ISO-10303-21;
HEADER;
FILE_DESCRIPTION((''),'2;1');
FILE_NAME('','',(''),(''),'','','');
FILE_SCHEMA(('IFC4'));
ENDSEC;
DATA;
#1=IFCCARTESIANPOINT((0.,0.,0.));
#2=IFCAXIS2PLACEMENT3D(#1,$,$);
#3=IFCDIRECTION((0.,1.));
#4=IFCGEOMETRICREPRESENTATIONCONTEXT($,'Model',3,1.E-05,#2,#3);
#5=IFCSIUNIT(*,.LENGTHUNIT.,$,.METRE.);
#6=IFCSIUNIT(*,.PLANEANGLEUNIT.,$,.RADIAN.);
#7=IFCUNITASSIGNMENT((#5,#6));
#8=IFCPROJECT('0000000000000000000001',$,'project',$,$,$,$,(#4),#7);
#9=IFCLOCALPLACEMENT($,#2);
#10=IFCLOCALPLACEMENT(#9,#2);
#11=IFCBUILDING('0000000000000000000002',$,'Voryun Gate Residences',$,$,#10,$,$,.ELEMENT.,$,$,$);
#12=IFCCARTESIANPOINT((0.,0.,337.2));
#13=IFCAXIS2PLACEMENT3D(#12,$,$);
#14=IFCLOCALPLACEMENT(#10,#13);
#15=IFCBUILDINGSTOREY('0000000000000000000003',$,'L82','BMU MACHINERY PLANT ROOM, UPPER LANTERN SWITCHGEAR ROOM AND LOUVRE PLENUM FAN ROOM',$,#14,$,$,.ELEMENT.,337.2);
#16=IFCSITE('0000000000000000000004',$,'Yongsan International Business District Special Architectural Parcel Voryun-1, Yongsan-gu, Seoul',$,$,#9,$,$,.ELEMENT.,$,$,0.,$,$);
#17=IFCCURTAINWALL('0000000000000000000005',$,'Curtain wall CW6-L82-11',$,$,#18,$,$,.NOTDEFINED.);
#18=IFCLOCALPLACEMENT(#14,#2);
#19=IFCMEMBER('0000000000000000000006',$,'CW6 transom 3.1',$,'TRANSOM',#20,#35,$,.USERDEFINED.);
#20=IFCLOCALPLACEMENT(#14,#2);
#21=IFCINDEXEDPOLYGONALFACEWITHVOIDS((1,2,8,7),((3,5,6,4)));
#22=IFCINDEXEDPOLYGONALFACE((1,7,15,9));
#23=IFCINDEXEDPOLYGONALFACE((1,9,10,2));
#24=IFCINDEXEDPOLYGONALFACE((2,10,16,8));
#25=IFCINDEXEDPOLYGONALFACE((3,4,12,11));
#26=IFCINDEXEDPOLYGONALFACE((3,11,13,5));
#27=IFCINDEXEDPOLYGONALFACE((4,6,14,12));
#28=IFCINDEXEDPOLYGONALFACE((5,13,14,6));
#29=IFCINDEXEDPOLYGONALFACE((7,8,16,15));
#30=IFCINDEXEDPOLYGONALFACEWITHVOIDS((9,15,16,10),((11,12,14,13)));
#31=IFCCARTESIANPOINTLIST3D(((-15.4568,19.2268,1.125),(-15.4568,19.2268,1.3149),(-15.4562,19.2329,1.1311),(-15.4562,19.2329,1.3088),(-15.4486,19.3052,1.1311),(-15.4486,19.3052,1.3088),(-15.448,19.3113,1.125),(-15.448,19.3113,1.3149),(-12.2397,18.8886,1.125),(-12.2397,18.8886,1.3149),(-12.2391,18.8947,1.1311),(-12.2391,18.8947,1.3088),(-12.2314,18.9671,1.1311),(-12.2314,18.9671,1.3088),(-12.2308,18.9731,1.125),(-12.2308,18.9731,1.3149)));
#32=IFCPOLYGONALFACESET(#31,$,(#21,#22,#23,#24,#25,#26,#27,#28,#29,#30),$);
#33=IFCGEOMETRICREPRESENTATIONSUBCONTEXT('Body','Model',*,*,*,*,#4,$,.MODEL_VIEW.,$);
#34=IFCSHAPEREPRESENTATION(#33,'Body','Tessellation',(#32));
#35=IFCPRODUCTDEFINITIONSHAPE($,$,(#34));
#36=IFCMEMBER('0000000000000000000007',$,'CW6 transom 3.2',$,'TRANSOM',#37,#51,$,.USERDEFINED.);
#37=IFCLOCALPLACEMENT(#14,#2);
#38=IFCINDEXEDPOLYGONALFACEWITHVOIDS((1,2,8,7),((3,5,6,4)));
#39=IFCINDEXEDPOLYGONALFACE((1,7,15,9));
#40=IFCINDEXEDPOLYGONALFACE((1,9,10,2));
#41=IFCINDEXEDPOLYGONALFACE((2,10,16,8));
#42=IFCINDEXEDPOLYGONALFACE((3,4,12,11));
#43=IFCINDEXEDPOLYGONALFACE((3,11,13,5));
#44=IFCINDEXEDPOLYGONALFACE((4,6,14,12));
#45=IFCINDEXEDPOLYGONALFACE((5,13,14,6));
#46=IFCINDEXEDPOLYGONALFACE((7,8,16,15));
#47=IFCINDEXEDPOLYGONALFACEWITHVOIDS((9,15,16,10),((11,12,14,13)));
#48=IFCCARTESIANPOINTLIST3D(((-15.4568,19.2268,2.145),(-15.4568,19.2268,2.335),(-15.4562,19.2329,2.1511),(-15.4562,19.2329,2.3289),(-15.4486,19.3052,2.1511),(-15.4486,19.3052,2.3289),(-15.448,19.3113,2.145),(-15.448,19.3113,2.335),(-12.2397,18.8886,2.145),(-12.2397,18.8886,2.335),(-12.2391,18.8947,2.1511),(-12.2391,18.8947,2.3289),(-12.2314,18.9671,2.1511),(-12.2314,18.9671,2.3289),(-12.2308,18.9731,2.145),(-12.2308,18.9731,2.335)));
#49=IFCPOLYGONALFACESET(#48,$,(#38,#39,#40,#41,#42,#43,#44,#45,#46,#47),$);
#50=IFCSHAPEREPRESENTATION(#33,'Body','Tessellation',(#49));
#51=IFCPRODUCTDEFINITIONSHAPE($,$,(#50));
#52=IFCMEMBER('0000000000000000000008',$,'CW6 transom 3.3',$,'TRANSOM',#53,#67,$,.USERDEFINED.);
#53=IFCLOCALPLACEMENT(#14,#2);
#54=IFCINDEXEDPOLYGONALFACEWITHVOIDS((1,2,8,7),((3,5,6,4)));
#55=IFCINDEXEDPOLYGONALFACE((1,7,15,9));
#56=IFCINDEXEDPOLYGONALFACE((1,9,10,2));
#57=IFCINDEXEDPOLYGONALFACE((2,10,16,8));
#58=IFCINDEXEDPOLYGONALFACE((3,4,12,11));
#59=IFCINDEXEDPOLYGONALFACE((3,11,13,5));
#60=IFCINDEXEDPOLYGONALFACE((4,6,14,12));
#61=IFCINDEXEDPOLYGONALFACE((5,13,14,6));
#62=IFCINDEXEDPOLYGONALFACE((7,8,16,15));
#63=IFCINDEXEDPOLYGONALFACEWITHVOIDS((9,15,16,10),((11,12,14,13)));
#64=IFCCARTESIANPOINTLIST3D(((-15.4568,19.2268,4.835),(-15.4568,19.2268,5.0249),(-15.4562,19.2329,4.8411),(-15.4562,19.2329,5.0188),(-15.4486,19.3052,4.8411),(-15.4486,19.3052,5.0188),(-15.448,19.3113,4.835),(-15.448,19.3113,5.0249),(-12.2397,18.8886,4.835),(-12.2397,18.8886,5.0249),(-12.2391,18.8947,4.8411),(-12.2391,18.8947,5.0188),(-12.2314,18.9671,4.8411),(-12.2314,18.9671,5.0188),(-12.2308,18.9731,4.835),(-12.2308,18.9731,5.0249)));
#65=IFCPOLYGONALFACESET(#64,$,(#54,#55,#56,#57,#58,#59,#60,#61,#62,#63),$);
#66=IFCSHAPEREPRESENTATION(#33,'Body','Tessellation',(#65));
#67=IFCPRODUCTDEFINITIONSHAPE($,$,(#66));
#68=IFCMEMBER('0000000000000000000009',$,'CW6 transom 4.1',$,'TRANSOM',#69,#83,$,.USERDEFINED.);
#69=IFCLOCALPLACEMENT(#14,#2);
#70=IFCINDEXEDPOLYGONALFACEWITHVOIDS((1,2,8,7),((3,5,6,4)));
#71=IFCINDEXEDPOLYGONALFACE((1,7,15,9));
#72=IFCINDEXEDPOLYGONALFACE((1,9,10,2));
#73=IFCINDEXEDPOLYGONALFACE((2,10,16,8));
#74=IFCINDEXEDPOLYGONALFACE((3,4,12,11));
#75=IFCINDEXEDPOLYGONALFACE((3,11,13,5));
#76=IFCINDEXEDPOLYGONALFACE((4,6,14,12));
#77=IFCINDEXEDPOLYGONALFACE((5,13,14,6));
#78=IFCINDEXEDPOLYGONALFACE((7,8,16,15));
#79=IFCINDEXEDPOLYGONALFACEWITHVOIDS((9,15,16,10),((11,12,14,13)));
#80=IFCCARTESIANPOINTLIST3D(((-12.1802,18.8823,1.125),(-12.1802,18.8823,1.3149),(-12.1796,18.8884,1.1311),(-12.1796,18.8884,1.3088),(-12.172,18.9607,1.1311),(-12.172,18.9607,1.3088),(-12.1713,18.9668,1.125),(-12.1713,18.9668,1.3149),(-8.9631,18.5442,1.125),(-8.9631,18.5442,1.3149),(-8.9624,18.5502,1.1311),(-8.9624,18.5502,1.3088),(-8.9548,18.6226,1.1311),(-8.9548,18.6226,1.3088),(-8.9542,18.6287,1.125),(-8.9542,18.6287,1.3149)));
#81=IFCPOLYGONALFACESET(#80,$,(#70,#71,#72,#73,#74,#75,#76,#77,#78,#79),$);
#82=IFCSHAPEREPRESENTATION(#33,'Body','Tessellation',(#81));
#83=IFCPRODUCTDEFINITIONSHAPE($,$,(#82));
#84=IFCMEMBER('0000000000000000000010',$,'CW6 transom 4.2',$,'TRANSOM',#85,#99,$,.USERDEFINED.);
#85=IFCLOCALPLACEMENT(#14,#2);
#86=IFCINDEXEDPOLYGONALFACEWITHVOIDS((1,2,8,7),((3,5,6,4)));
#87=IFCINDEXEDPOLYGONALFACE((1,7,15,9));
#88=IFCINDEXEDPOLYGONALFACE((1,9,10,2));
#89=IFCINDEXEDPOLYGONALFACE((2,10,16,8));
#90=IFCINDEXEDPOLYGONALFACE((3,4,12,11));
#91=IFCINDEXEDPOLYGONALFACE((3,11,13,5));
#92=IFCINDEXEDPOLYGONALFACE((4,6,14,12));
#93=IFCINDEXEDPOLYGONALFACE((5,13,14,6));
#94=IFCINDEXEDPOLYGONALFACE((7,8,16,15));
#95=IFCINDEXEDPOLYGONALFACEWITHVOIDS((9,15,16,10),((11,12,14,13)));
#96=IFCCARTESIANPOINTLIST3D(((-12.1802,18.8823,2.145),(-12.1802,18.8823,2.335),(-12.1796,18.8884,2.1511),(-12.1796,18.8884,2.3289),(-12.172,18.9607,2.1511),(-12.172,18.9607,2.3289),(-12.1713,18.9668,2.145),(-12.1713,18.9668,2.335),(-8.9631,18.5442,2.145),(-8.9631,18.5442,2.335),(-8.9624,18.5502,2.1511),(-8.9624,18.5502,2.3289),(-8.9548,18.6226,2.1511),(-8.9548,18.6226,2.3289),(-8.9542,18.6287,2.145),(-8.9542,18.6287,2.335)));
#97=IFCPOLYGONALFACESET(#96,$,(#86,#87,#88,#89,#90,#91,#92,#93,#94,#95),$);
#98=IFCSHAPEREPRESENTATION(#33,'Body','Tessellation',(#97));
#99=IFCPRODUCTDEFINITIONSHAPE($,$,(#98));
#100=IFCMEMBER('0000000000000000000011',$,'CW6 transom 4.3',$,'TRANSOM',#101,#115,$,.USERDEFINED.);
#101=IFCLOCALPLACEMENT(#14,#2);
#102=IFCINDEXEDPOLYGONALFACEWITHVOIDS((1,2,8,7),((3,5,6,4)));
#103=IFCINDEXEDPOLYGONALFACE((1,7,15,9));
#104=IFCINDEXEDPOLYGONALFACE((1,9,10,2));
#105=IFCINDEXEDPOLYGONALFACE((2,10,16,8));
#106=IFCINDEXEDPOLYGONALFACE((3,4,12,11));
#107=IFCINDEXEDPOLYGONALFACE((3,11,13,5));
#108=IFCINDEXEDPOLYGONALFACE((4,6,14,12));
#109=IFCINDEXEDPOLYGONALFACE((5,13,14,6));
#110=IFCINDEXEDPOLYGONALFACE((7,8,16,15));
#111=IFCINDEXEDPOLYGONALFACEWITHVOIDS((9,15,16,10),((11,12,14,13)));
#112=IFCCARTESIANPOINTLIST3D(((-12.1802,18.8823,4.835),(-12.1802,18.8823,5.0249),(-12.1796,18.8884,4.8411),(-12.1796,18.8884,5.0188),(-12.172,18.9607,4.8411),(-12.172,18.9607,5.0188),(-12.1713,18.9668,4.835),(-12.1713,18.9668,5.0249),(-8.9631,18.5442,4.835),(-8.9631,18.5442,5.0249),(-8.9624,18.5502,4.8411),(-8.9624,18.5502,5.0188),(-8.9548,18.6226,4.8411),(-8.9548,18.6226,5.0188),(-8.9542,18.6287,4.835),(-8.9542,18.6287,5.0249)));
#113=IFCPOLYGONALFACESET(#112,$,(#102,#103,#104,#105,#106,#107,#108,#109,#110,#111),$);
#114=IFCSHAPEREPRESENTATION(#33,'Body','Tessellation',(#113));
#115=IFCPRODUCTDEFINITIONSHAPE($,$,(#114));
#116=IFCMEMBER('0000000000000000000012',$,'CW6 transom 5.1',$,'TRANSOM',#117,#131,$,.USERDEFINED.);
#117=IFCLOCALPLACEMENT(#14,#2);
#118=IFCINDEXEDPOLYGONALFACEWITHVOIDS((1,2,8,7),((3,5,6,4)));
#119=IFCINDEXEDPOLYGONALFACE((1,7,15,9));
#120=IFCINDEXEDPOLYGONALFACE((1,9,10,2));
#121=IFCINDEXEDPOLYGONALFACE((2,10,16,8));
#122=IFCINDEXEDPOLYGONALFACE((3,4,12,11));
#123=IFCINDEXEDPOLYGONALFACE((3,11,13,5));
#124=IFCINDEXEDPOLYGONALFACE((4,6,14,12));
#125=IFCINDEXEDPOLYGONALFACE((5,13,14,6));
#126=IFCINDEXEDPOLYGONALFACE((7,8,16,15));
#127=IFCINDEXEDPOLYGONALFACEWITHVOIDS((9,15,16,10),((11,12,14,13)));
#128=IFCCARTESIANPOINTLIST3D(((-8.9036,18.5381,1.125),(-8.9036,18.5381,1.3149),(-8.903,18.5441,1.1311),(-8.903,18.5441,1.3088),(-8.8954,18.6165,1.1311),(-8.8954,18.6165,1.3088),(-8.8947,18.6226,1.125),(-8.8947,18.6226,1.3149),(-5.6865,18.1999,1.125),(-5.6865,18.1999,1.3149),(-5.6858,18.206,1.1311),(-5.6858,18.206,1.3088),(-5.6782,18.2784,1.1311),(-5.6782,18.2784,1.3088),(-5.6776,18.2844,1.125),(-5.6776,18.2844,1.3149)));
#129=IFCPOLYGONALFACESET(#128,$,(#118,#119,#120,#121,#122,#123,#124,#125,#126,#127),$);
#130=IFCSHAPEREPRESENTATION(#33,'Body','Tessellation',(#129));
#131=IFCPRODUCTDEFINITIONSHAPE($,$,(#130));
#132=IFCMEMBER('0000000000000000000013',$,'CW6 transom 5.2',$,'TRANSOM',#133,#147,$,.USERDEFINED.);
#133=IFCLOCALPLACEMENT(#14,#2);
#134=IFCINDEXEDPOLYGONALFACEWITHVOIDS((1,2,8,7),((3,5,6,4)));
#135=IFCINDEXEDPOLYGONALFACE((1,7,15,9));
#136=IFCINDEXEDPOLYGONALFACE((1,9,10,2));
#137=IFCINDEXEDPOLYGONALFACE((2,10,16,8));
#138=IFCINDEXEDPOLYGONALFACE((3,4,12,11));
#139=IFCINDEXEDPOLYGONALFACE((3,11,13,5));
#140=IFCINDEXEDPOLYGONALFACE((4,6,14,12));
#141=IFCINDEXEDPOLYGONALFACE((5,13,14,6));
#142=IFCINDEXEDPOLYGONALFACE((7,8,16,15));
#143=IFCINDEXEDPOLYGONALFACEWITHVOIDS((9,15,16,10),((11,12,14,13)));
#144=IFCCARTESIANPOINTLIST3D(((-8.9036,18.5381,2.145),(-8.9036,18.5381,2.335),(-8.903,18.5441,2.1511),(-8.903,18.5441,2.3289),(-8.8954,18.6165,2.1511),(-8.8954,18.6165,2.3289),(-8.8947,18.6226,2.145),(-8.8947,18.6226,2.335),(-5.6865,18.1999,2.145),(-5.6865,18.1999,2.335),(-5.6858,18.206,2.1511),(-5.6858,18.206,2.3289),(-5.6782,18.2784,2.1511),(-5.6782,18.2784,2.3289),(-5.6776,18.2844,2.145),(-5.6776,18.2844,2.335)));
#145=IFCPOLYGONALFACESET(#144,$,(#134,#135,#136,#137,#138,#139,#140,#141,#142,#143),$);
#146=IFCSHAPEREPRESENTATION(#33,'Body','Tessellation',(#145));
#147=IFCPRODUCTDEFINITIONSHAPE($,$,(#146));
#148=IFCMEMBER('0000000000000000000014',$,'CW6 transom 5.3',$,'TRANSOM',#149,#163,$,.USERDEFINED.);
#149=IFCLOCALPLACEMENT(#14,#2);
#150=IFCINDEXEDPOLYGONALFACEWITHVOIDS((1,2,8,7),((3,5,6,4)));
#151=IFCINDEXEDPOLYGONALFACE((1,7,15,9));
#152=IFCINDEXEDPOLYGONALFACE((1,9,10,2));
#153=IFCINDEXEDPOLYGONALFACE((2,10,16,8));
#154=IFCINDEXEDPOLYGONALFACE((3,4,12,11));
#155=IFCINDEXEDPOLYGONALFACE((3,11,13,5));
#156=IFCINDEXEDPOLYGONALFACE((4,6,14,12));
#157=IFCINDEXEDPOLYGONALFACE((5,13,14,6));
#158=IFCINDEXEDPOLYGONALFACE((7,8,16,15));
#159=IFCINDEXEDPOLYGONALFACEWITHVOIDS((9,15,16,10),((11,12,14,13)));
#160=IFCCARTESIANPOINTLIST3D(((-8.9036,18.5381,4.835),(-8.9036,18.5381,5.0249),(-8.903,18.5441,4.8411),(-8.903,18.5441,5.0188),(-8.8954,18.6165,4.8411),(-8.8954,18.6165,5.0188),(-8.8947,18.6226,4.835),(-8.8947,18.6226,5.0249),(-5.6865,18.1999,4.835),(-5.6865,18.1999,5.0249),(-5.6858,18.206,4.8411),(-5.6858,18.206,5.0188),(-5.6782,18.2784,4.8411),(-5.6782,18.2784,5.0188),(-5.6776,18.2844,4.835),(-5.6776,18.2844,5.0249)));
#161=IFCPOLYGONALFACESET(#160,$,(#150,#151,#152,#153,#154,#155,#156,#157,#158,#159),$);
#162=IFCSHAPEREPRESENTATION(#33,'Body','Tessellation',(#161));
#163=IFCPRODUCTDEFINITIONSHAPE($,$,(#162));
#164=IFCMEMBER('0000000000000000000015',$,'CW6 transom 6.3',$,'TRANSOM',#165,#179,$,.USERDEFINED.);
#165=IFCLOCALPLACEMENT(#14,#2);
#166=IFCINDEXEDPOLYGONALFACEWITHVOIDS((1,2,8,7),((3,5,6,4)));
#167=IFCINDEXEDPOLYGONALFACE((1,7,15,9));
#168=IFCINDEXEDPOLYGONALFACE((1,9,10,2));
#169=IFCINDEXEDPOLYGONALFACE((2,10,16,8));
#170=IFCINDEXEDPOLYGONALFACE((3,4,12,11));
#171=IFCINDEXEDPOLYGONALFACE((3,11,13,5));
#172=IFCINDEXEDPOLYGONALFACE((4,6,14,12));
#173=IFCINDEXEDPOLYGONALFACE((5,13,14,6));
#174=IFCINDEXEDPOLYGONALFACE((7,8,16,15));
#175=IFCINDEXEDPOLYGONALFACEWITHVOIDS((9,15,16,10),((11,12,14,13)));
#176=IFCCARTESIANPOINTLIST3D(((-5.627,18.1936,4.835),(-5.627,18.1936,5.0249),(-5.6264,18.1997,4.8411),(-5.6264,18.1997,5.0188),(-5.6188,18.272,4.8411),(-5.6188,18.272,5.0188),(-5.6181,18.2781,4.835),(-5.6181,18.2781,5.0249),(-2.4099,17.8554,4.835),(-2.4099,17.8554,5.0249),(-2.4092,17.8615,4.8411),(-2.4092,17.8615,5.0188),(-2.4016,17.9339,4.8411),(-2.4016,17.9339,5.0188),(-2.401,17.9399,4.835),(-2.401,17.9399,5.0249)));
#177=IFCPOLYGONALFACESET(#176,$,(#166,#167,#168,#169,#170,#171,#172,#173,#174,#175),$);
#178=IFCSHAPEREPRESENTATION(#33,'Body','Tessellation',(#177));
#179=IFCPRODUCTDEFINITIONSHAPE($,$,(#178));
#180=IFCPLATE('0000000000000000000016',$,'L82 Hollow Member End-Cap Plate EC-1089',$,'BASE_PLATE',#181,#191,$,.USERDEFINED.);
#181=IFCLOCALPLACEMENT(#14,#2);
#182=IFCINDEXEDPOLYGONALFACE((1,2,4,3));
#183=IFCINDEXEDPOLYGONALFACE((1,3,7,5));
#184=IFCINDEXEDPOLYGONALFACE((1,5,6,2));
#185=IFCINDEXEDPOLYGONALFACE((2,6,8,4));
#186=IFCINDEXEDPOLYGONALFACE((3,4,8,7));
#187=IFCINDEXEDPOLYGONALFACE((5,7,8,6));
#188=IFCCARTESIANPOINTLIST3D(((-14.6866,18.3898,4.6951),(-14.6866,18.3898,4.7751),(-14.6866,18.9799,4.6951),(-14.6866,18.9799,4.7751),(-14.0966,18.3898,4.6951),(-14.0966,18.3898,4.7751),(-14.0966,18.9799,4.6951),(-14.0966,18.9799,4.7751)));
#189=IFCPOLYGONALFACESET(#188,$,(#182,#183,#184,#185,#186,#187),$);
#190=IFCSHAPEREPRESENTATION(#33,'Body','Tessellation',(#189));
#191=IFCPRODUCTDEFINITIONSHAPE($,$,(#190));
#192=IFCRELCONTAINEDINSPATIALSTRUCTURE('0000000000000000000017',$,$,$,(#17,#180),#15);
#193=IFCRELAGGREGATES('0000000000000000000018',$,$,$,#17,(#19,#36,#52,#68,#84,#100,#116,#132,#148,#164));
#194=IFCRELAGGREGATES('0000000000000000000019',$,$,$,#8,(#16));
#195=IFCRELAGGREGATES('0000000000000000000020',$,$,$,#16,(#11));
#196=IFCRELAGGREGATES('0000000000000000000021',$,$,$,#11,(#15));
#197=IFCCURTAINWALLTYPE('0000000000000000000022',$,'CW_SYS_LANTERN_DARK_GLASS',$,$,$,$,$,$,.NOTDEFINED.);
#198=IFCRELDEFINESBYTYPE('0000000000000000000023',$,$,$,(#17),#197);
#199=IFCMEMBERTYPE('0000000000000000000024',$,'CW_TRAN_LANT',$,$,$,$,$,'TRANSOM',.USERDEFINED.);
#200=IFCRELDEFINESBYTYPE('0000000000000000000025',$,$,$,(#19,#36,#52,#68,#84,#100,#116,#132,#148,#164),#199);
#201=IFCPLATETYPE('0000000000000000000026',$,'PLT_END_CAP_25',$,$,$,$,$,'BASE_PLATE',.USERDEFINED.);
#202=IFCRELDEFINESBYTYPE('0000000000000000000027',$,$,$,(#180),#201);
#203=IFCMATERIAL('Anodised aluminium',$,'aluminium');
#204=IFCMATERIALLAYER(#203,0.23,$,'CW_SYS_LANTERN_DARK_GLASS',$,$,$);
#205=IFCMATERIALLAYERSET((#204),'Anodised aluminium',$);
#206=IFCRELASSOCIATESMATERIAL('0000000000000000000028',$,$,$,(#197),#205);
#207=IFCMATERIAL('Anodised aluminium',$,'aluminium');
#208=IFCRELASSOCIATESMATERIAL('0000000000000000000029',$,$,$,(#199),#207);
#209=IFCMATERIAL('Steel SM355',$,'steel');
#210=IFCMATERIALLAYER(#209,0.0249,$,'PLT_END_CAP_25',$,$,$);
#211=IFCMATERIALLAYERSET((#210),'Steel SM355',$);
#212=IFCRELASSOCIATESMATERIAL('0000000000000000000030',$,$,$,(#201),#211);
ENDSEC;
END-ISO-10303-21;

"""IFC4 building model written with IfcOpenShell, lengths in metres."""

from ifc_helpers import new_model, si_unit, direction, frame, origin, origin_2d, place, context, subcontext, project, spatial, rectangle, hollow_rectangle, extrude, material, layer, layer_set, material_profile, profile_set, type_object, element, aggregate, save


model = new_model("IFC4")

# Units and contexts
model_context = context("Model", 3, precision=1e-05, world=origin(), true_north=direction((0.0, 1.0)))
body_context = subcontext(model_context, "Body", "Model", "MODEL_VIEW")
ifc_project = project(units=[si_unit("LENGTHUNIT", "METRE"), si_unit("PLANEANGLEUNIT", "RADIAN")], contexts=[model_context])

# Site, building, storey
site_placement = place(None, origin())
site = spatial("IfcSite", under=ifc_project, at=site_placement, Name="Yongsan International Business District Special Architectural Parcel Voryun-1, Yongsan-gu, Seoul", CompositionType="ELEMENT", RefElevation=0.0)
building_placement = place(site_placement, origin())
building = spatial("IfcBuilding", under=site, at=building_placement, Name="Voryun Gate Residences", CompositionType="ELEMENT")
storey_placement = place(building_placement, frame((0.0, 0.0, 337.2)))
storey = spatial("IfcBuildingStorey", under=building, at=storey_placement, Name="L82", Description="BMU MACHINERY PLANT ROOM, UPPER LANTERN SWITCHGEAR ROOM AND LOUVRE PLENUM FAN ROOM", CompositionType="ELEMENT", Elevation=337.2)

# Curtain wall, members
ifc_material_1 = material(Name="Anodised aluminium", Category="aluminium")
ifc_layer_1 = layer(ifc_material_1, 0.23, Name="CW_SYS_LANTERN_DARK_GLASS")
ifc_layer_set_1 = layer_set([ifc_layer_1], Name="Anodised aluminium")
curtain_wall_type = type_object("IfcCurtainWallType", Name="CW_SYS_LANTERN_DARK_GLASS", PredefinedType="NOTDEFINED", material=ifc_layer_set_1)
curtain_wall_placement = place(storey_placement, origin())
curtain_wall = element("IfcCurtainWall", 1, at=curtain_wall_placement, inside=storey, type_object=curtain_wall_type, Name="Curtain wall CW6-L82-11", PredefinedType="NOTDEFINED")
ifc_material_2 = material(Name="Anodised aluminium", Category="aluminium")
ifc_material_profile_1 = material_profile(ifc_material_2, hollow_rectangle(XDim=0.085, YDim=0.1899, WallThickness=0.0061, at=origin_2d()), Name="ALU-TRAN-190x85x6")
ifc_profile_set_1 = profile_set([ifc_material_profile_1], Name="Anodised aluminium")
member_type_1 = type_object("IfcMemberType", Name="CW_TRAN_LANT", ElementType="TRANSOM", PredefinedType="USERDEFINED", material=ifc_profile_set_1)
member_1_placement = place(storey_placement, frame((-15.4524, 19.269, 1.22), z_axis=(0.994522, -0.104532, 0.0), x_axis=(0.104532, 0.994522, 0.0)))
member_1 = element("IfcMember", 2, at=member_1_placement, type_object=member_type_1, Name="CW6 transom 3.1", ObjectType="TRANSOM", PredefinedType="USERDEFINED", context=body_context, shape_type="SweptSolid", body=[
    extrude(hollow_rectangle(XDim=0.085, YDim=0.1899, WallThickness=0.0061, at=origin_2d()), origin(), (0.0, 0.0, 1.0), 3.2349),
])
member_2_placement = place(storey_placement, frame((-15.4524, 19.269, 2.24), z_axis=(0.994522, -0.104532, 0.0), x_axis=(0.104532, 0.994522, 0.0)))
member_2 = element("IfcMember", 3, at=member_2_placement, type_object=member_type_1, Name="CW6 transom 3.2", ObjectType="TRANSOM", PredefinedType="USERDEFINED", context=body_context, shape_type="SweptSolid", body=[
    extrude(hollow_rectangle(XDim=0.085, YDim=0.1899, WallThickness=0.0061, at=origin_2d()), origin(), (0.0, 0.0, 1.0), 3.2349),
])
member_3_placement = place(storey_placement, frame((-15.4524, 19.269, 4.9299), z_axis=(0.994522, -0.104532, 0.0), x_axis=(0.104532, 0.994522, 0.0)))
member_3 = element("IfcMember", 4, at=member_3_placement, type_object=member_type_1, Name="CW6 transom 3.3", ObjectType="TRANSOM", PredefinedType="USERDEFINED", context=body_context, shape_type="SweptSolid", body=[
    extrude(hollow_rectangle(XDim=0.085, YDim=0.1899, WallThickness=0.0061, at=origin_2d()), origin(), (0.0, 0.0, 1.0), 3.2349),
])
member_4_placement = place(storey_placement, frame((-12.1758, 18.9246, 1.22), z_axis=(0.994522, -0.104532, 0.0), x_axis=(0.104532, 0.994522, 0.0)))
member_4 = element("IfcMember", 5, at=member_4_placement, type_object=member_type_1, Name="CW6 transom 4.1", ObjectType="TRANSOM", PredefinedType="USERDEFINED", context=body_context, shape_type="SweptSolid", body=[
    extrude(hollow_rectangle(XDim=0.085, YDim=0.1899, WallThickness=0.0061, at=origin_2d()), origin(), (0.0, 0.0, 1.0), 3.2349),
])
member_5_placement = place(storey_placement, frame((-12.1758, 18.9246, 2.24), z_axis=(0.994522, -0.104532, 0.0), x_axis=(0.104532, 0.994522, 0.0)))
member_5 = element("IfcMember", 6, at=member_5_placement, type_object=member_type_1, Name="CW6 transom 4.2", ObjectType="TRANSOM", PredefinedType="USERDEFINED", context=body_context, shape_type="SweptSolid", body=[
    extrude(hollow_rectangle(XDim=0.085, YDim=0.1899, WallThickness=0.0061, at=origin_2d()), origin(), (0.0, 0.0, 1.0), 3.2349),
])
member_6_placement = place(storey_placement, frame((-12.1758, 18.9246, 4.9299), z_axis=(0.994522, -0.104532, 0.0), x_axis=(0.104532, 0.994522, 0.0)))
member_6 = element("IfcMember", 7, at=member_6_placement, type_object=member_type_1, Name="CW6 transom 4.3", ObjectType="TRANSOM", PredefinedType="USERDEFINED", context=body_context, shape_type="SweptSolid", body=[
    extrude(hollow_rectangle(XDim=0.085, YDim=0.1899, WallThickness=0.0061, at=origin_2d()), origin(), (0.0, 0.0, 1.0), 3.2349),
])
member_7_placement = place(storey_placement, frame((-8.8992, 18.5803, 1.22), z_axis=(0.994522, -0.104532, 0.0), x_axis=(0.104532, 0.994522, 0.0)))
member_7 = element("IfcMember", 8, at=member_7_placement, type_object=member_type_1, Name="CW6 transom 5.1", ObjectType="TRANSOM", PredefinedType="USERDEFINED", context=body_context, shape_type="SweptSolid", body=[
    extrude(hollow_rectangle(XDim=0.085, YDim=0.1899, WallThickness=0.0061, at=origin_2d()), origin(), (0.0, 0.0, 1.0), 3.2349),
])
member_8_placement = place(storey_placement, frame((-8.8992, 18.5803, 2.24), z_axis=(0.994522, -0.104532, 0.0), x_axis=(0.104532, 0.994522, 0.0)))
member_8 = element("IfcMember", 9, at=member_8_placement, type_object=member_type_1, Name="CW6 transom 5.2", ObjectType="TRANSOM", PredefinedType="USERDEFINED", context=body_context, shape_type="SweptSolid", body=[
    extrude(hollow_rectangle(XDim=0.085, YDim=0.1899, WallThickness=0.0061, at=origin_2d()), origin(), (0.0, 0.0, 1.0), 3.2349),
])
member_9_placement = place(storey_placement, frame((-8.8992, 18.5803, 4.9299), z_axis=(0.994522, -0.104532, 0.0), x_axis=(0.104532, 0.994522, 0.0)))
member_9 = element("IfcMember", 10, at=member_9_placement, type_object=member_type_1, Name="CW6 transom 5.3", ObjectType="TRANSOM", PredefinedType="USERDEFINED", context=body_context, shape_type="SweptSolid", body=[
    extrude(hollow_rectangle(XDim=0.085, YDim=0.1899, WallThickness=0.0061, at=origin_2d()), origin(), (0.0, 0.0, 1.0), 3.2349),
])
member_10_placement = place(storey_placement, frame((-5.6226, 18.2358, 4.9299), z_axis=(0.994522, -0.104532, 0.0), x_axis=(0.104532, 0.994522, 0.0)))
member_10 = element("IfcMember", 11, at=member_10_placement, type_object=member_type_1, Name="CW6 transom 6.3", ObjectType="TRANSOM", PredefinedType="USERDEFINED", context=body_context, shape_type="SweptSolid", body=[
    extrude(hollow_rectangle(XDim=0.085, YDim=0.1899, WallThickness=0.0061, at=origin_2d()), origin(), (0.0, 0.0, 1.0), 3.2349),
])

# Plate
ifc_material_3 = material(Name="Steel SM355", Category="steel")
ifc_layer_2 = layer(ifc_material_3, 0.0249, Name="PLT_END_CAP_25")
ifc_layer_set_2 = layer_set([ifc_layer_2], Name="Steel SM355")
plate_type_1 = type_object("IfcPlateType", Name="PLT_END_CAP_25", ElementType="BASE_PLATE", PredefinedType="USERDEFINED", material=ifc_layer_set_2)
plate_1_placement = place(storey_placement, frame((-14.3916, 18.6848, 4.6951), z_axis=(0.0, 0.0, 1.0), x_axis=(1.0, 0.0, 0.0)))
element("IfcPlate", 12, at=plate_1_placement, inside=storey, type_object=plate_type_1, Name="L82 Hollow Member End-Cap Plate EC-1089", ObjectType="BASE_PLATE", PredefinedType="USERDEFINED", context=body_context, shape_type="SweptSolid", body=[
    extrude(rectangle(XDim=0.5901, YDim=0.5901, at=origin_2d()), origin(), (0.0, 0.0, 1.0), 0.0801),
])
aggregate(curtain_wall, [member_1, member_2, member_3, member_4, member_5, member_6, member_7, member_8, member_9, member_10])

save(model, "model.ifc")
